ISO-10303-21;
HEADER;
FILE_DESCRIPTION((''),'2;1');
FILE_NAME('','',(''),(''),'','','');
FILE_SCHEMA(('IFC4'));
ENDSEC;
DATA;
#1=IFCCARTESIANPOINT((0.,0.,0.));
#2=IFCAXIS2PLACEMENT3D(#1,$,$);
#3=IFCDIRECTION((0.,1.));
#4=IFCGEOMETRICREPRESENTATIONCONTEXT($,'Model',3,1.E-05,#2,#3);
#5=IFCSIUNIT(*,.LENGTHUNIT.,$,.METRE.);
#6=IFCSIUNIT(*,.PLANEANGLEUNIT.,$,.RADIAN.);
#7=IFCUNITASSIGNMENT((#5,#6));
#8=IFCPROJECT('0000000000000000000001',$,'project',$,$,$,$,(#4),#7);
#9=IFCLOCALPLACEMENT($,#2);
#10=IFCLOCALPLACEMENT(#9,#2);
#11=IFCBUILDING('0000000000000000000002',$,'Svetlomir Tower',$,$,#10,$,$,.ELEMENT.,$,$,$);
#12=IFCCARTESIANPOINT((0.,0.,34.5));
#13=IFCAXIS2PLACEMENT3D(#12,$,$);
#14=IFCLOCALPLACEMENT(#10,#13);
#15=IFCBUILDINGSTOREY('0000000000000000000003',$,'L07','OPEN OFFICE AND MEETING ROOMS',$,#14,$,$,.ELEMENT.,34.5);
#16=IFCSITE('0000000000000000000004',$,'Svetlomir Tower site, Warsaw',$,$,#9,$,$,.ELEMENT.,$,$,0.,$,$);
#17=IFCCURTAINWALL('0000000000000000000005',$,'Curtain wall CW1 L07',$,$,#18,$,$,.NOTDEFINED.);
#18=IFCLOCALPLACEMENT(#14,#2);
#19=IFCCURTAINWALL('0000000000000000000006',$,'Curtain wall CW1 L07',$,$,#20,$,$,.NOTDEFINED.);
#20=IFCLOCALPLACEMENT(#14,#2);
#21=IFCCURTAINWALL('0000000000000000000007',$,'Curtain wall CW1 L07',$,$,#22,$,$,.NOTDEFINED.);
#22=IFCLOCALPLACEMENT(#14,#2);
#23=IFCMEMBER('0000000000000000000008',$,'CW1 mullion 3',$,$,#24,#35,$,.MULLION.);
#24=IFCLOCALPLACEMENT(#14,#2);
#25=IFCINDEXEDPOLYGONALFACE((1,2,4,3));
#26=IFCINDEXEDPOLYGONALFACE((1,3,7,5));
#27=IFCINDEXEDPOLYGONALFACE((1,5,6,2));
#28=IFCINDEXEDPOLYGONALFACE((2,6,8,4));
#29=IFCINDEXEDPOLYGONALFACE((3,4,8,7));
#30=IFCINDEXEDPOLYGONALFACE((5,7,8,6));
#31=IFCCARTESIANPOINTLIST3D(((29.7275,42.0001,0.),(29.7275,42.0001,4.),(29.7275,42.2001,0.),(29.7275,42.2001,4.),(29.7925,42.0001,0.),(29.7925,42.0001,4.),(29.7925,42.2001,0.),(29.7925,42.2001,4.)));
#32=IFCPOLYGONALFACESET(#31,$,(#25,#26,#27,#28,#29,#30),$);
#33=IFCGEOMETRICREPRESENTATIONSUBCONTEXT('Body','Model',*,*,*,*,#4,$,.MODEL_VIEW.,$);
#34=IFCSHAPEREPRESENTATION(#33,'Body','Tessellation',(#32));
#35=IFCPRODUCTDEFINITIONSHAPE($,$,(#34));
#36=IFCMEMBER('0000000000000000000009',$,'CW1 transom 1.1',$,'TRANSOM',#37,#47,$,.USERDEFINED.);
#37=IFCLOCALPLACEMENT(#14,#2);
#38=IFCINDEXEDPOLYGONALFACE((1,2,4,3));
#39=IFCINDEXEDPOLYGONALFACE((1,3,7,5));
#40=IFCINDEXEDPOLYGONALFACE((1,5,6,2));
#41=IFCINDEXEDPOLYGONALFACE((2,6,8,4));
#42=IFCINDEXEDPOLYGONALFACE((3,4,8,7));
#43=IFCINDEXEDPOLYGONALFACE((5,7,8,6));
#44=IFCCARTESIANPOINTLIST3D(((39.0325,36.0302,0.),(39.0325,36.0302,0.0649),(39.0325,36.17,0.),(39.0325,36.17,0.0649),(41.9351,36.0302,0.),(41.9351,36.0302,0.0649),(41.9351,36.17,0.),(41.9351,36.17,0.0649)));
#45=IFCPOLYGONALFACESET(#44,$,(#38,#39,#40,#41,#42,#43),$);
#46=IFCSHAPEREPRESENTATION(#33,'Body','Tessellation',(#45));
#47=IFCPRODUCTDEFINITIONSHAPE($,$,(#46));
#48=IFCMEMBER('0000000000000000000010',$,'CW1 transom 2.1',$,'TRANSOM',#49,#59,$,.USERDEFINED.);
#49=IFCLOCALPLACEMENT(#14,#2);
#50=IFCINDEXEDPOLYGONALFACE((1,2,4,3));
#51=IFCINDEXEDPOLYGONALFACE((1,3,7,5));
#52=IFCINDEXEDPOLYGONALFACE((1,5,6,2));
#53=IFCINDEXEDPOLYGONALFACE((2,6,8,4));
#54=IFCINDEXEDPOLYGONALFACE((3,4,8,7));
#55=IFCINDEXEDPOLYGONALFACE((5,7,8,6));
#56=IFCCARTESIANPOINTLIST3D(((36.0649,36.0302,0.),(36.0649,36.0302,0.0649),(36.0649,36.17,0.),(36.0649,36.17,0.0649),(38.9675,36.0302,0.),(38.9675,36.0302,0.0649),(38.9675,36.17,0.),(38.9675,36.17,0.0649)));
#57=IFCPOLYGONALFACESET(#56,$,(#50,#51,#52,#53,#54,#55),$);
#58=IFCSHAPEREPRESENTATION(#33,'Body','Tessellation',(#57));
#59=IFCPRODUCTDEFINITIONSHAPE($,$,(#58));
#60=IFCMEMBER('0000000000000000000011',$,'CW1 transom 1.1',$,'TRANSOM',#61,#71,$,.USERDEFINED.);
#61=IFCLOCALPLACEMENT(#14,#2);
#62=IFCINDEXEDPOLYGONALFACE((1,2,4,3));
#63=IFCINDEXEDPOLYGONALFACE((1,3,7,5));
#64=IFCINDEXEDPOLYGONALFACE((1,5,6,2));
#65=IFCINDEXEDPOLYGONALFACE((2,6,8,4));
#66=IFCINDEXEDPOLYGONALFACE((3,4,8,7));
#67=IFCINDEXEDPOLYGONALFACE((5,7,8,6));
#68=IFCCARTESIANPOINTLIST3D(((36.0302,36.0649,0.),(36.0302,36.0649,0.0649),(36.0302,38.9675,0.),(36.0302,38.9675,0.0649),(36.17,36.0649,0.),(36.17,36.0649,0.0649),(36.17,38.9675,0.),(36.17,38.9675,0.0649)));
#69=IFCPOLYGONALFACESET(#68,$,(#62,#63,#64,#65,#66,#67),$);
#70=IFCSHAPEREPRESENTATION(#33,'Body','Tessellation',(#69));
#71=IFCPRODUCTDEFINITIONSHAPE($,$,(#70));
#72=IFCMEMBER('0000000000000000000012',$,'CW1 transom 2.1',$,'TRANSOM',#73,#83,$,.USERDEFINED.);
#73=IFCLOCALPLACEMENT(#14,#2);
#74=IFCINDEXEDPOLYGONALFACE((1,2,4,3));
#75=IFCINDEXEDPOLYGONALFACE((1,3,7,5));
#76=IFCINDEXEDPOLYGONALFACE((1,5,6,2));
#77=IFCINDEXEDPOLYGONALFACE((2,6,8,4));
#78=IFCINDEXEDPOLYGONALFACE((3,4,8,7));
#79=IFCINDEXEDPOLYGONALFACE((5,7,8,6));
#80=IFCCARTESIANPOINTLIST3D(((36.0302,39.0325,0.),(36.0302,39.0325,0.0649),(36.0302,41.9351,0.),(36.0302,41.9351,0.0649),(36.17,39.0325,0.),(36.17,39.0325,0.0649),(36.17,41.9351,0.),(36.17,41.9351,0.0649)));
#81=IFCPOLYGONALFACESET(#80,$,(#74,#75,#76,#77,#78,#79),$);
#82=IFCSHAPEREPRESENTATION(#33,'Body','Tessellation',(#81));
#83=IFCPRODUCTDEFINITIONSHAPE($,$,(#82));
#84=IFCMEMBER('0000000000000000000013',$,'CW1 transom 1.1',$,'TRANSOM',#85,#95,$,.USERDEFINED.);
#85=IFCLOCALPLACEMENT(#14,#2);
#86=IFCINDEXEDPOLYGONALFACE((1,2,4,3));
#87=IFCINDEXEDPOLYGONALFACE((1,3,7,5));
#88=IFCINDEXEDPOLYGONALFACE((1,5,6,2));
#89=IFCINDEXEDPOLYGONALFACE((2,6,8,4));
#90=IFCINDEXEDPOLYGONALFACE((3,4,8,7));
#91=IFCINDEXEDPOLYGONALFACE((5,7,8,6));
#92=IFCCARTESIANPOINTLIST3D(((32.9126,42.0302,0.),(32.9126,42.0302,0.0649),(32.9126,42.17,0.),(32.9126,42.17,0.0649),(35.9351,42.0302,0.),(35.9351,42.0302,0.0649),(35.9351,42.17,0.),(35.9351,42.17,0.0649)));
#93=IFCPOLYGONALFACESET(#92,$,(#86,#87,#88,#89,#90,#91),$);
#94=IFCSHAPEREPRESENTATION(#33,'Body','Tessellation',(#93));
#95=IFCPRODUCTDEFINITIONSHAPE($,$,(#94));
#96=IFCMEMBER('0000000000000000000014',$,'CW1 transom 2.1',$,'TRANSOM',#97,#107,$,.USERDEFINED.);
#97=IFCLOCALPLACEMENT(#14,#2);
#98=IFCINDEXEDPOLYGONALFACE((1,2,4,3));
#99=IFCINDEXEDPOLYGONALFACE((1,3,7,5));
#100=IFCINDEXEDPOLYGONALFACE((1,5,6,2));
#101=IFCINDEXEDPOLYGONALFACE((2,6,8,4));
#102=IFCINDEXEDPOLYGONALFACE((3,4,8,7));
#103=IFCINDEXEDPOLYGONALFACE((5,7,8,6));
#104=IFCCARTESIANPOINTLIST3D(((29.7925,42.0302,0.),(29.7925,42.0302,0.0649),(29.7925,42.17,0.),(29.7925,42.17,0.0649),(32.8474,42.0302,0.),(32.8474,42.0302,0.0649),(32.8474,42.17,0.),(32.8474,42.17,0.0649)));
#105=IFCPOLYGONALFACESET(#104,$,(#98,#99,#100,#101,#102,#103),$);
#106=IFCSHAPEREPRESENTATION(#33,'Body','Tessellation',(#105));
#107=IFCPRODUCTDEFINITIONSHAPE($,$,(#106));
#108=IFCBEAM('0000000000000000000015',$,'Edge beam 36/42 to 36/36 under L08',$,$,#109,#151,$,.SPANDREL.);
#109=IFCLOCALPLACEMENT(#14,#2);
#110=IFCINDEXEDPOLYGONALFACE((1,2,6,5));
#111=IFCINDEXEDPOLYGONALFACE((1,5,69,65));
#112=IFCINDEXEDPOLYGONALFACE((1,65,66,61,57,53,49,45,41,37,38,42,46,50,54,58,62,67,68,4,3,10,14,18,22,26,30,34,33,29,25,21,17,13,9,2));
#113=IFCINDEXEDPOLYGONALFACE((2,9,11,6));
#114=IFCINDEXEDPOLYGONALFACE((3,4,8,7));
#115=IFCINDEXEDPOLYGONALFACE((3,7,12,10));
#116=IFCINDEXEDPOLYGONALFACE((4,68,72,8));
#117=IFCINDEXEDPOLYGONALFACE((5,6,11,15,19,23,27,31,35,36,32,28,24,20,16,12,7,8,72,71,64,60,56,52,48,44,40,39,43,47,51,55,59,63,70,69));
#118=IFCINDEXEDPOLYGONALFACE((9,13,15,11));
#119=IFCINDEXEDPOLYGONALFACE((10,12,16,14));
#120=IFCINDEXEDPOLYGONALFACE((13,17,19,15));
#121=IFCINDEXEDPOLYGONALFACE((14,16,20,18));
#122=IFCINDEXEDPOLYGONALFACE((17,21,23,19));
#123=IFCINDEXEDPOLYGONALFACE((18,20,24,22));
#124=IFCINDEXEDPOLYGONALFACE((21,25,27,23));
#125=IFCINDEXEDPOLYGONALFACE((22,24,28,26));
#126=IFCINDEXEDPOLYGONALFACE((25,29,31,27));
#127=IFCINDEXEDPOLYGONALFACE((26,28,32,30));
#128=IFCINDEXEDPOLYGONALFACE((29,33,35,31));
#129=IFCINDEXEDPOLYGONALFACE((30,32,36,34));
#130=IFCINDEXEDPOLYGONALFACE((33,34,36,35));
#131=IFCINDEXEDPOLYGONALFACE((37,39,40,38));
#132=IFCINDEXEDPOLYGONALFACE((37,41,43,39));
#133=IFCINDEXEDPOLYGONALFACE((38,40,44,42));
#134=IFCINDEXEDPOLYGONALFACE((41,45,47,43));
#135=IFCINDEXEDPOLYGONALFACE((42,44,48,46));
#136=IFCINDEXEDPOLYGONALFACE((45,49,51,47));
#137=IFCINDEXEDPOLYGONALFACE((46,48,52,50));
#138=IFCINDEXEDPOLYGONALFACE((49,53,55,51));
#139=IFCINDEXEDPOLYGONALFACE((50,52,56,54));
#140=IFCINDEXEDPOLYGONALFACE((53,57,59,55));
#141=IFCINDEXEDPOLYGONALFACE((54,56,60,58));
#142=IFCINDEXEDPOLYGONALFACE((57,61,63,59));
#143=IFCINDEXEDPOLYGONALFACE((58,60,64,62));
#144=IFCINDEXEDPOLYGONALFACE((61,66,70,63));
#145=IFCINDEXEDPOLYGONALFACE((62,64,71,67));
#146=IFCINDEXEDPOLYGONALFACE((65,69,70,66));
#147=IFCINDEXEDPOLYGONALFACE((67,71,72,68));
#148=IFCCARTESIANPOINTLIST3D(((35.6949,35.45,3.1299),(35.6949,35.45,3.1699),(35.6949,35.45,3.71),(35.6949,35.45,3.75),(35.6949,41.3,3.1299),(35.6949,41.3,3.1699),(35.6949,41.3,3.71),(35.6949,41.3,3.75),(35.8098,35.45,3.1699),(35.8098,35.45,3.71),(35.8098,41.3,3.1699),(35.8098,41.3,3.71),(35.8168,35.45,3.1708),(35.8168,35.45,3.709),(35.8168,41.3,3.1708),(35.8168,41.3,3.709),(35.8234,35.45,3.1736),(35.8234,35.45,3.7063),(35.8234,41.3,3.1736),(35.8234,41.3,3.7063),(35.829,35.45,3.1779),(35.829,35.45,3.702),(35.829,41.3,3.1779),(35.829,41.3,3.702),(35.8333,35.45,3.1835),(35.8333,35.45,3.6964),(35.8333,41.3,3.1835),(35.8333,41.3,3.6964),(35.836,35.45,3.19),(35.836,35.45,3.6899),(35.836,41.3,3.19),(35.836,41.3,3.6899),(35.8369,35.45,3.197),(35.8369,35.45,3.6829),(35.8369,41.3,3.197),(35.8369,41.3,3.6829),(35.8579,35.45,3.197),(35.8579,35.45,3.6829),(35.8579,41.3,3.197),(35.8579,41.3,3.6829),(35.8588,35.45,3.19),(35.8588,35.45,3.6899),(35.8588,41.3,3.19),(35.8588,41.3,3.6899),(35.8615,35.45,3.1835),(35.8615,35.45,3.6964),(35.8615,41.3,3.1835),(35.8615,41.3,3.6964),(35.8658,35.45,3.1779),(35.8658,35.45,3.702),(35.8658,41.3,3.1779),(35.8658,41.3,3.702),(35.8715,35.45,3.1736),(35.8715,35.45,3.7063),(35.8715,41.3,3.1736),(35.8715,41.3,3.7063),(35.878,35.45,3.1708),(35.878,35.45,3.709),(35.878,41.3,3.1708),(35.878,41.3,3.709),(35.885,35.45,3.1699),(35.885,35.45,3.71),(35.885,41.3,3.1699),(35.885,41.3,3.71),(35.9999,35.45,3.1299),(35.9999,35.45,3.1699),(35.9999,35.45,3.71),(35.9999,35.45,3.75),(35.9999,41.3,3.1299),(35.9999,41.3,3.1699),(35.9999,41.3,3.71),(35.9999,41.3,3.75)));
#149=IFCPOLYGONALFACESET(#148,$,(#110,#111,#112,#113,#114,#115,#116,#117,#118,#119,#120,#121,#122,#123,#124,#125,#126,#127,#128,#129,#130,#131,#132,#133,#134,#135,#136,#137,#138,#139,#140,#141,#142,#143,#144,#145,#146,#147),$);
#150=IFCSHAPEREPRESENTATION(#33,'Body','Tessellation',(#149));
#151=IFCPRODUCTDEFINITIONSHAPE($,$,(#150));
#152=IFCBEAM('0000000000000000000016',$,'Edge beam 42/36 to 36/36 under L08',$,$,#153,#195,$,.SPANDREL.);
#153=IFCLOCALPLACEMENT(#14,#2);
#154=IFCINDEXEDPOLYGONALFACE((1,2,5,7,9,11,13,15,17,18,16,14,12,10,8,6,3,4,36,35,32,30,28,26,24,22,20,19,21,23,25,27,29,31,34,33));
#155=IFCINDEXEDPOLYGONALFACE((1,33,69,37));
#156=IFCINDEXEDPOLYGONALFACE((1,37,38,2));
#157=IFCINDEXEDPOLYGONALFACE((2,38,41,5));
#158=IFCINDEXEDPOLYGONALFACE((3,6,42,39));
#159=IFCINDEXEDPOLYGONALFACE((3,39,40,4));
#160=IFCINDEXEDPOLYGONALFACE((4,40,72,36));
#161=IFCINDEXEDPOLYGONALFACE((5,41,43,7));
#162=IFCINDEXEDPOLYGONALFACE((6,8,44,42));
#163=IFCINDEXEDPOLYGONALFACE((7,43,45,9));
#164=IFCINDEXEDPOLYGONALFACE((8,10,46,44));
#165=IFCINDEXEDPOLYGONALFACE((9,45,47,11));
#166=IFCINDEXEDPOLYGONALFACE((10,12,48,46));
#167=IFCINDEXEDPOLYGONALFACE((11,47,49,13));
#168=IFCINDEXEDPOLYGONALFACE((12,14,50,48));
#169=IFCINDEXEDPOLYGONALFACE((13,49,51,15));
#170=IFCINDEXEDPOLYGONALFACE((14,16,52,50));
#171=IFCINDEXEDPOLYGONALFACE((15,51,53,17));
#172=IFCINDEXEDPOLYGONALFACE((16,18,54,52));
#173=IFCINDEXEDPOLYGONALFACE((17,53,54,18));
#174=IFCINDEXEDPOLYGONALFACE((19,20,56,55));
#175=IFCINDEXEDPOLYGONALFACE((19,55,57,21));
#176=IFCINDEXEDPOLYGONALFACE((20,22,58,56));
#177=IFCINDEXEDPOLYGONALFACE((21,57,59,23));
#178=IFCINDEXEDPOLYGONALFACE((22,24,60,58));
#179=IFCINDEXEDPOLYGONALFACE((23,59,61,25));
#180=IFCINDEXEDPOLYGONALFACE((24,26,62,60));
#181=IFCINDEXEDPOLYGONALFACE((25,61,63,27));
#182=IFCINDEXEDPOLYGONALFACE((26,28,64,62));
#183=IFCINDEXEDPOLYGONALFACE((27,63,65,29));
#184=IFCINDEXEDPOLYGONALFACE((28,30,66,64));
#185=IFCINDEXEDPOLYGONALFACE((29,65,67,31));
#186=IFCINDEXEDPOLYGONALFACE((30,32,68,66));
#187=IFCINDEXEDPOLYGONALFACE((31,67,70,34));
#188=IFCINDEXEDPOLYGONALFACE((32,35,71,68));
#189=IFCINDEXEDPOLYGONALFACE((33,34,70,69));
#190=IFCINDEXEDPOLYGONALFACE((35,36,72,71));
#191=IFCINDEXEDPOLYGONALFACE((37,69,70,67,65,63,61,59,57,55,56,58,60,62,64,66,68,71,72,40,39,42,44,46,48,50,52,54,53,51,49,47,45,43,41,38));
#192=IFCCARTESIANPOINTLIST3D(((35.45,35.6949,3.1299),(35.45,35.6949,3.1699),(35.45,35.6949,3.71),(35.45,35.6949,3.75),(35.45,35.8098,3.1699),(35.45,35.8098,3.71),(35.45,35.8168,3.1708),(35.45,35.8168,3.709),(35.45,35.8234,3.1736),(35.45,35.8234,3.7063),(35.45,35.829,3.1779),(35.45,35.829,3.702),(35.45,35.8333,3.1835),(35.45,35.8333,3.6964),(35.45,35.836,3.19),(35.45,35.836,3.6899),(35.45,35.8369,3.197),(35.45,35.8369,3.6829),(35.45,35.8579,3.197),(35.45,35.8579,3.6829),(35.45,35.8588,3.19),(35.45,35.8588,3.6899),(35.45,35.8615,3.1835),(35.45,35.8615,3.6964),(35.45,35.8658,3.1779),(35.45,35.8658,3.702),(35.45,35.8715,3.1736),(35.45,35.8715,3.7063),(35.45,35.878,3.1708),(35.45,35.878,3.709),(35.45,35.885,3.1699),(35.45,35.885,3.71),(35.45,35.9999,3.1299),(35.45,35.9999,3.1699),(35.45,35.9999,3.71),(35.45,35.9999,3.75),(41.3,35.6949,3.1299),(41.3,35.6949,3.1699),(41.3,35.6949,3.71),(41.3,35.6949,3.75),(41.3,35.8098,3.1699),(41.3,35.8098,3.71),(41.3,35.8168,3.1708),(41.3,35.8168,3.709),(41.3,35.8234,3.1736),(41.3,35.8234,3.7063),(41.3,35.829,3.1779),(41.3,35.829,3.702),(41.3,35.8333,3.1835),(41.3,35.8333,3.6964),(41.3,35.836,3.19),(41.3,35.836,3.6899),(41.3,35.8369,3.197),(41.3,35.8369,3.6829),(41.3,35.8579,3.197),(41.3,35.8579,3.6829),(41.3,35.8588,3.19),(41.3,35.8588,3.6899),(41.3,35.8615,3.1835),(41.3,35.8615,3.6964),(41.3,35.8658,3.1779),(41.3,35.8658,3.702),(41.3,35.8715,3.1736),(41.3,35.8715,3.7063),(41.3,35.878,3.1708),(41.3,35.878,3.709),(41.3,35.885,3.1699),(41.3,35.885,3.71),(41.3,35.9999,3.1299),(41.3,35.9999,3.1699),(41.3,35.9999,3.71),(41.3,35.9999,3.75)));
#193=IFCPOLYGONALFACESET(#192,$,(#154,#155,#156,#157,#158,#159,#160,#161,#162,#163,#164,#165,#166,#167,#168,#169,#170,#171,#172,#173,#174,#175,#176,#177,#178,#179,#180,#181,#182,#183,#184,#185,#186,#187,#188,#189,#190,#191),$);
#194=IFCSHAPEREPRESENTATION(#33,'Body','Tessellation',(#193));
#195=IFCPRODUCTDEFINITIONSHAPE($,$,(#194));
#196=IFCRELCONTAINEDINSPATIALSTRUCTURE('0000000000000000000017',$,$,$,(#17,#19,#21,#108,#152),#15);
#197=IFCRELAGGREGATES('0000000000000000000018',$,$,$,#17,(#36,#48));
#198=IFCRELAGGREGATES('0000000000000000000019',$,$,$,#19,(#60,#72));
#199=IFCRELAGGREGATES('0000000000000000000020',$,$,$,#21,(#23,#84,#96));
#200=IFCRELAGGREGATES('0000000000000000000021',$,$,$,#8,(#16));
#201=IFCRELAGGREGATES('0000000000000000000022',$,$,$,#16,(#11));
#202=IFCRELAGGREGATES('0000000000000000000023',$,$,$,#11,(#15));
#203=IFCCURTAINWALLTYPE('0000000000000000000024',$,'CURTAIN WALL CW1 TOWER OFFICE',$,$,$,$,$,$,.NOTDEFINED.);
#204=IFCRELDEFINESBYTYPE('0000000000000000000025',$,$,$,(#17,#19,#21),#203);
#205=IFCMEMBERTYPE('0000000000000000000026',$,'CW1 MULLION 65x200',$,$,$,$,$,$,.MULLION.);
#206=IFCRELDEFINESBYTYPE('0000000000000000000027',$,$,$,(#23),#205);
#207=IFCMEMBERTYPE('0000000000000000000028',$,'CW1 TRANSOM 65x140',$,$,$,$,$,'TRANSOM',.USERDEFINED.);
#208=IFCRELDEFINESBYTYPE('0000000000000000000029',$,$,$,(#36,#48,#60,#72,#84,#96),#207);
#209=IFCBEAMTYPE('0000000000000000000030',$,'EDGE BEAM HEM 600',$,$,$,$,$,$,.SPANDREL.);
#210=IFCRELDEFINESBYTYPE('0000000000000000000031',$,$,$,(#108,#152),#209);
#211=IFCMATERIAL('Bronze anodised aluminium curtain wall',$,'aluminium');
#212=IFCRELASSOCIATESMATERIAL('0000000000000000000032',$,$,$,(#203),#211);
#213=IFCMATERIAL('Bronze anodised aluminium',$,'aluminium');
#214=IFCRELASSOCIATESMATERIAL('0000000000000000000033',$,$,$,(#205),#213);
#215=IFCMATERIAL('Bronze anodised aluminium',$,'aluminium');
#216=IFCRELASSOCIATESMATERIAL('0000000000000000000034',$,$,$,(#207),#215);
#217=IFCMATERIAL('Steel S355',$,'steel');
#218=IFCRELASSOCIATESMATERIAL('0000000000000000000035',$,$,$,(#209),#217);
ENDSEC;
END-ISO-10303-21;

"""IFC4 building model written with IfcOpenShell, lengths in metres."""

from ifc_helpers import new_model, si_unit, direction, frame, origin, origin_2d, place, context, subcontext, project, spatial, rectangle, i_section, extrude, material, material_profile, profile_set, type_object, element, aggregate, save


model = new_model("IFC4")

# Units and contexts
model_context = context("Model", 3, precision=1e-05, world=origin(), true_north=direction((0.0, 1.0)))
body_context = subcontext(model_context, "Body", "Model", "MODEL_VIEW")
ifc_project = project(units=[si_unit("LENGTHUNIT", "METRE"), si_unit("PLANEANGLEUNIT", "RADIAN")], contexts=[model_context])

# Site, building, storey
site_placement = place(None, origin())
site = spatial("IfcSite", under=ifc_project, at=site_placement, Name="Svetlomir Tower site, Warsaw", CompositionType="ELEMENT", RefElevation=0.0)
building_placement = place(site_placement, origin())
building = spatial("IfcBuilding", under=site, at=building_placement, Name="Svetlomir Tower", CompositionType="ELEMENT")
storey_placement = place(building_placement, frame((0.0, 0.0, 34.5)))
storey = spatial("IfcBuildingStorey", under=building, at=storey_placement, Name="L07", Description="OPEN OFFICE AND MEETING ROOMS", CompositionType="ELEMENT", Elevation=34.5)

# Curtain walls
ifc_material_1 = material(Name="Bronze anodised aluminium curtain wall", Category="aluminium")
curtain_wall_type = type_object("IfcCurtainWallType", Name="CURTAIN WALL CW1 TOWER OFFICE", PredefinedType="NOTDEFINED", material=ifc_material_1)
curtain_wall_1_placement = place(storey_placement, origin())
curtain_wall_1 = element("IfcCurtainWall", 1, at=curtain_wall_1_placement, inside=storey, type_object=curtain_wall_type, Name="Curtain wall CW1 L07", PredefinedType="NOTDEFINED")
curtain_wall_2_placement = place(storey_placement, origin())
curtain_wall_2 = element("IfcCurtainWall", 2, at=curtain_wall_2_placement, inside=storey, type_object=curtain_wall_type, Name="Curtain wall CW1 L07", PredefinedType="NOTDEFINED")
curtain_wall_3_placement = place(storey_placement, origin())
curtain_wall_3 = element("IfcCurtainWall", 3, at=curtain_wall_3_placement, inside=storey, type_object=curtain_wall_type, Name="Curtain wall CW1 L07", PredefinedType="NOTDEFINED")
ifc_material_2 = material(Name="Bronze anodised aluminium", Category="aluminium")
ifc_material_profile_1 = material_profile(ifc_material_2, rectangle(XDim=0.0649, YDim=0.2, at=origin_2d()), Name="AL 65x200")
ifc_profile_set_1 = profile_set([ifc_material_profile_1], Name="Bronze anodised aluminium 6063-T6")
member_type_1 = type_object("IfcMemberType", Name="CW1 MULLION 65x200", PredefinedType="MULLION", material=ifc_profile_set_1)

# Members
member_1_placement = place(storey_placement, frame((29.76, 42.1001, 0.0), z_axis=(0.0, 0.0, 1.0), x_axis=(-1.0, 0.0, 0.0)))
member_1 = element("IfcMember", 4, at=member_1_placement, type_object=member_type_1, Name="CW1 mullion 3", PredefinedType="MULLION", context=body_context, shape_type="SweptSolid", body=[
    extrude(rectangle(XDim=0.0649, YDim=0.2, at=origin_2d()), origin(), (0.0, 0.0, 1.0), 4.0),
])
ifc_material_3 = material(Name="Bronze anodised aluminium", Category="aluminium")
ifc_material_profile_2 = material_profile(ifc_material_3, rectangle(XDim=0.1399, YDim=0.0649, at=origin_2d()), Name="AL 140x65")
ifc_profile_set_2 = profile_set([ifc_material_profile_2], Name="Bronze anodised aluminium 6063-T6")
member_type_2 = type_object("IfcMemberType", Name="CW1 TRANSOM 65x140", ElementType="TRANSOM", PredefinedType="USERDEFINED", material=ifc_profile_set_2)
member_2_placement = place(storey_placement, frame((41.9351, 36.1001, 0.0325), z_axis=(-1.0, 0.0, 0.0), x_axis=(0.0, -1.0, 0.0)))
member_2 = element("IfcMember", 5, at=member_2_placement, type_object=member_type_2, Name="CW1 transom 1.1", ObjectType="TRANSOM", PredefinedType="USERDEFINED", context=body_context, shape_type="SweptSolid", body=[
    extrude(rectangle(XDim=0.1399, YDim=0.0649, at=origin_2d()), origin(), (0.0, 0.0, 1.0), 2.9026),
])
member_3_placement = place(storey_placement, frame((38.9675, 36.1001, 0.0325), z_axis=(-1.0, 0.0, 0.0), x_axis=(0.0, -1.0, 0.0)))
member_3 = element("IfcMember", 6, at=member_3_placement, type_object=member_type_2, Name="CW1 transom 2.1", ObjectType="TRANSOM", PredefinedType="USERDEFINED", context=body_context, shape_type="SweptSolid", body=[
    extrude(rectangle(XDim=0.1399, YDim=0.0649, at=origin_2d()), origin(), (0.0, 0.0, 1.0), 2.9026),
])
member_4_placement = place(storey_placement, frame((36.1001, 36.0649, 0.0325), z_axis=(0.0, 1.0, 0.0), x_axis=(-1.0, 0.0, 0.0)))
member_4 = element("IfcMember", 7, at=member_4_placement, type_object=member_type_2, Name="CW1 transom 1.1", ObjectType="TRANSOM", PredefinedType="USERDEFINED", context=body_context, shape_type="SweptSolid", body=[
    extrude(rectangle(XDim=0.1399, YDim=0.0649, at=origin_2d()), origin(), (0.0, 0.0, 1.0), 2.9026),
])
member_5_placement = place(storey_placement, frame((36.1001, 39.0325, 0.0325), z_axis=(0.0, 1.0, 0.0), x_axis=(-1.0, 0.0, 0.0)))
member_5 = element("IfcMember", 8, at=member_5_placement, type_object=member_type_2, Name="CW1 transom 2.1", ObjectType="TRANSOM", PredefinedType="USERDEFINED", context=body_context, shape_type="SweptSolid", body=[
    extrude(rectangle(XDim=0.1399, YDim=0.0649, at=origin_2d()), origin(), (0.0, 0.0, 1.0), 2.9026),
])
member_6_placement = place(storey_placement, frame((35.9351, 42.1001, 0.0325), z_axis=(-1.0, 0.0, 0.0), x_axis=(0.0, -1.0, 0.0)))
member_6 = element("IfcMember", 9, at=member_6_placement, type_object=member_type_2, Name="CW1 transom 1.1", ObjectType="TRANSOM", PredefinedType="USERDEFINED", context=body_context, shape_type="SweptSolid", body=[
    extrude(rectangle(XDim=0.1399, YDim=0.0649, at=origin_2d()), origin(), (0.0, 0.0, 1.0), 3.0225),
])
member_7_placement = place(storey_placement, frame((32.8474, 42.1001, 0.0325), z_axis=(-1.0, 0.0, 0.0), x_axis=(0.0, -1.0, 0.0)))
member_7 = element("IfcMember", 10, at=member_7_placement, type_object=member_type_2, Name="CW1 transom 2.1", ObjectType="TRANSOM", PredefinedType="USERDEFINED", context=body_context, shape_type="SweptSolid", body=[
    extrude(rectangle(XDim=0.1399, YDim=0.0649, at=origin_2d()), origin(), (0.0, 0.0, 1.0), 3.0549),
])

# Beams
ifc_material_4 = material(Name="Steel S355", Category="steel")
ifc_material_profile_3 = material_profile(ifc_material_4, i_section(OverallWidth=0.3049, OverallDepth=0.6201, WebThickness=0.021, FlangeThickness=0.04, FilletRadius=0.0271, at=origin_2d()), Name="HEM 600")
ifc_profile_set_3 = profile_set([ifc_material_profile_3], Name="Steel S355")
beam_type = type_object("IfcBeamType", Name="EDGE BEAM HEM 600", PredefinedType="SPANDREL", material=ifc_profile_set_3)
for number, where, z_axis, x_axis, name in (
    (11, (35.8474, 41.3, 3.4399), (0.0, -1.0, 0.0), (1.0, 0.0, 0.0), "Edge beam 36/42 to 36/36 under L08"),
    (12, (41.3, 35.8474, 3.4399), (-1.0, 0.0, 0.0), (0.0, -1.0, 0.0), "Edge beam 42/36 to 36/36 under L08"),
):
    element("IfcBeam", number, at=place(storey_placement, frame(where, z_axis=z_axis, x_axis=x_axis)), inside=storey, type_object=beam_type, Name=name, PredefinedType="SPANDREL", context=body_context, shape_type="SweptSolid", body=[
        extrude(i_section(OverallWidth=0.3049, OverallDepth=0.6201, WebThickness=0.021, FlangeThickness=0.04, FilletRadius=0.0271, at=origin_2d()), origin(), (0.0, 0.0, 1.0), 5.8501),
    ])

aggregate(curtain_wall_1, [member_2, member_3])
aggregate(curtain_wall_2, [member_4, member_5])
aggregate(curtain_wall_3, [member_1, member_6, member_7])

save(model, "model.ifc")
